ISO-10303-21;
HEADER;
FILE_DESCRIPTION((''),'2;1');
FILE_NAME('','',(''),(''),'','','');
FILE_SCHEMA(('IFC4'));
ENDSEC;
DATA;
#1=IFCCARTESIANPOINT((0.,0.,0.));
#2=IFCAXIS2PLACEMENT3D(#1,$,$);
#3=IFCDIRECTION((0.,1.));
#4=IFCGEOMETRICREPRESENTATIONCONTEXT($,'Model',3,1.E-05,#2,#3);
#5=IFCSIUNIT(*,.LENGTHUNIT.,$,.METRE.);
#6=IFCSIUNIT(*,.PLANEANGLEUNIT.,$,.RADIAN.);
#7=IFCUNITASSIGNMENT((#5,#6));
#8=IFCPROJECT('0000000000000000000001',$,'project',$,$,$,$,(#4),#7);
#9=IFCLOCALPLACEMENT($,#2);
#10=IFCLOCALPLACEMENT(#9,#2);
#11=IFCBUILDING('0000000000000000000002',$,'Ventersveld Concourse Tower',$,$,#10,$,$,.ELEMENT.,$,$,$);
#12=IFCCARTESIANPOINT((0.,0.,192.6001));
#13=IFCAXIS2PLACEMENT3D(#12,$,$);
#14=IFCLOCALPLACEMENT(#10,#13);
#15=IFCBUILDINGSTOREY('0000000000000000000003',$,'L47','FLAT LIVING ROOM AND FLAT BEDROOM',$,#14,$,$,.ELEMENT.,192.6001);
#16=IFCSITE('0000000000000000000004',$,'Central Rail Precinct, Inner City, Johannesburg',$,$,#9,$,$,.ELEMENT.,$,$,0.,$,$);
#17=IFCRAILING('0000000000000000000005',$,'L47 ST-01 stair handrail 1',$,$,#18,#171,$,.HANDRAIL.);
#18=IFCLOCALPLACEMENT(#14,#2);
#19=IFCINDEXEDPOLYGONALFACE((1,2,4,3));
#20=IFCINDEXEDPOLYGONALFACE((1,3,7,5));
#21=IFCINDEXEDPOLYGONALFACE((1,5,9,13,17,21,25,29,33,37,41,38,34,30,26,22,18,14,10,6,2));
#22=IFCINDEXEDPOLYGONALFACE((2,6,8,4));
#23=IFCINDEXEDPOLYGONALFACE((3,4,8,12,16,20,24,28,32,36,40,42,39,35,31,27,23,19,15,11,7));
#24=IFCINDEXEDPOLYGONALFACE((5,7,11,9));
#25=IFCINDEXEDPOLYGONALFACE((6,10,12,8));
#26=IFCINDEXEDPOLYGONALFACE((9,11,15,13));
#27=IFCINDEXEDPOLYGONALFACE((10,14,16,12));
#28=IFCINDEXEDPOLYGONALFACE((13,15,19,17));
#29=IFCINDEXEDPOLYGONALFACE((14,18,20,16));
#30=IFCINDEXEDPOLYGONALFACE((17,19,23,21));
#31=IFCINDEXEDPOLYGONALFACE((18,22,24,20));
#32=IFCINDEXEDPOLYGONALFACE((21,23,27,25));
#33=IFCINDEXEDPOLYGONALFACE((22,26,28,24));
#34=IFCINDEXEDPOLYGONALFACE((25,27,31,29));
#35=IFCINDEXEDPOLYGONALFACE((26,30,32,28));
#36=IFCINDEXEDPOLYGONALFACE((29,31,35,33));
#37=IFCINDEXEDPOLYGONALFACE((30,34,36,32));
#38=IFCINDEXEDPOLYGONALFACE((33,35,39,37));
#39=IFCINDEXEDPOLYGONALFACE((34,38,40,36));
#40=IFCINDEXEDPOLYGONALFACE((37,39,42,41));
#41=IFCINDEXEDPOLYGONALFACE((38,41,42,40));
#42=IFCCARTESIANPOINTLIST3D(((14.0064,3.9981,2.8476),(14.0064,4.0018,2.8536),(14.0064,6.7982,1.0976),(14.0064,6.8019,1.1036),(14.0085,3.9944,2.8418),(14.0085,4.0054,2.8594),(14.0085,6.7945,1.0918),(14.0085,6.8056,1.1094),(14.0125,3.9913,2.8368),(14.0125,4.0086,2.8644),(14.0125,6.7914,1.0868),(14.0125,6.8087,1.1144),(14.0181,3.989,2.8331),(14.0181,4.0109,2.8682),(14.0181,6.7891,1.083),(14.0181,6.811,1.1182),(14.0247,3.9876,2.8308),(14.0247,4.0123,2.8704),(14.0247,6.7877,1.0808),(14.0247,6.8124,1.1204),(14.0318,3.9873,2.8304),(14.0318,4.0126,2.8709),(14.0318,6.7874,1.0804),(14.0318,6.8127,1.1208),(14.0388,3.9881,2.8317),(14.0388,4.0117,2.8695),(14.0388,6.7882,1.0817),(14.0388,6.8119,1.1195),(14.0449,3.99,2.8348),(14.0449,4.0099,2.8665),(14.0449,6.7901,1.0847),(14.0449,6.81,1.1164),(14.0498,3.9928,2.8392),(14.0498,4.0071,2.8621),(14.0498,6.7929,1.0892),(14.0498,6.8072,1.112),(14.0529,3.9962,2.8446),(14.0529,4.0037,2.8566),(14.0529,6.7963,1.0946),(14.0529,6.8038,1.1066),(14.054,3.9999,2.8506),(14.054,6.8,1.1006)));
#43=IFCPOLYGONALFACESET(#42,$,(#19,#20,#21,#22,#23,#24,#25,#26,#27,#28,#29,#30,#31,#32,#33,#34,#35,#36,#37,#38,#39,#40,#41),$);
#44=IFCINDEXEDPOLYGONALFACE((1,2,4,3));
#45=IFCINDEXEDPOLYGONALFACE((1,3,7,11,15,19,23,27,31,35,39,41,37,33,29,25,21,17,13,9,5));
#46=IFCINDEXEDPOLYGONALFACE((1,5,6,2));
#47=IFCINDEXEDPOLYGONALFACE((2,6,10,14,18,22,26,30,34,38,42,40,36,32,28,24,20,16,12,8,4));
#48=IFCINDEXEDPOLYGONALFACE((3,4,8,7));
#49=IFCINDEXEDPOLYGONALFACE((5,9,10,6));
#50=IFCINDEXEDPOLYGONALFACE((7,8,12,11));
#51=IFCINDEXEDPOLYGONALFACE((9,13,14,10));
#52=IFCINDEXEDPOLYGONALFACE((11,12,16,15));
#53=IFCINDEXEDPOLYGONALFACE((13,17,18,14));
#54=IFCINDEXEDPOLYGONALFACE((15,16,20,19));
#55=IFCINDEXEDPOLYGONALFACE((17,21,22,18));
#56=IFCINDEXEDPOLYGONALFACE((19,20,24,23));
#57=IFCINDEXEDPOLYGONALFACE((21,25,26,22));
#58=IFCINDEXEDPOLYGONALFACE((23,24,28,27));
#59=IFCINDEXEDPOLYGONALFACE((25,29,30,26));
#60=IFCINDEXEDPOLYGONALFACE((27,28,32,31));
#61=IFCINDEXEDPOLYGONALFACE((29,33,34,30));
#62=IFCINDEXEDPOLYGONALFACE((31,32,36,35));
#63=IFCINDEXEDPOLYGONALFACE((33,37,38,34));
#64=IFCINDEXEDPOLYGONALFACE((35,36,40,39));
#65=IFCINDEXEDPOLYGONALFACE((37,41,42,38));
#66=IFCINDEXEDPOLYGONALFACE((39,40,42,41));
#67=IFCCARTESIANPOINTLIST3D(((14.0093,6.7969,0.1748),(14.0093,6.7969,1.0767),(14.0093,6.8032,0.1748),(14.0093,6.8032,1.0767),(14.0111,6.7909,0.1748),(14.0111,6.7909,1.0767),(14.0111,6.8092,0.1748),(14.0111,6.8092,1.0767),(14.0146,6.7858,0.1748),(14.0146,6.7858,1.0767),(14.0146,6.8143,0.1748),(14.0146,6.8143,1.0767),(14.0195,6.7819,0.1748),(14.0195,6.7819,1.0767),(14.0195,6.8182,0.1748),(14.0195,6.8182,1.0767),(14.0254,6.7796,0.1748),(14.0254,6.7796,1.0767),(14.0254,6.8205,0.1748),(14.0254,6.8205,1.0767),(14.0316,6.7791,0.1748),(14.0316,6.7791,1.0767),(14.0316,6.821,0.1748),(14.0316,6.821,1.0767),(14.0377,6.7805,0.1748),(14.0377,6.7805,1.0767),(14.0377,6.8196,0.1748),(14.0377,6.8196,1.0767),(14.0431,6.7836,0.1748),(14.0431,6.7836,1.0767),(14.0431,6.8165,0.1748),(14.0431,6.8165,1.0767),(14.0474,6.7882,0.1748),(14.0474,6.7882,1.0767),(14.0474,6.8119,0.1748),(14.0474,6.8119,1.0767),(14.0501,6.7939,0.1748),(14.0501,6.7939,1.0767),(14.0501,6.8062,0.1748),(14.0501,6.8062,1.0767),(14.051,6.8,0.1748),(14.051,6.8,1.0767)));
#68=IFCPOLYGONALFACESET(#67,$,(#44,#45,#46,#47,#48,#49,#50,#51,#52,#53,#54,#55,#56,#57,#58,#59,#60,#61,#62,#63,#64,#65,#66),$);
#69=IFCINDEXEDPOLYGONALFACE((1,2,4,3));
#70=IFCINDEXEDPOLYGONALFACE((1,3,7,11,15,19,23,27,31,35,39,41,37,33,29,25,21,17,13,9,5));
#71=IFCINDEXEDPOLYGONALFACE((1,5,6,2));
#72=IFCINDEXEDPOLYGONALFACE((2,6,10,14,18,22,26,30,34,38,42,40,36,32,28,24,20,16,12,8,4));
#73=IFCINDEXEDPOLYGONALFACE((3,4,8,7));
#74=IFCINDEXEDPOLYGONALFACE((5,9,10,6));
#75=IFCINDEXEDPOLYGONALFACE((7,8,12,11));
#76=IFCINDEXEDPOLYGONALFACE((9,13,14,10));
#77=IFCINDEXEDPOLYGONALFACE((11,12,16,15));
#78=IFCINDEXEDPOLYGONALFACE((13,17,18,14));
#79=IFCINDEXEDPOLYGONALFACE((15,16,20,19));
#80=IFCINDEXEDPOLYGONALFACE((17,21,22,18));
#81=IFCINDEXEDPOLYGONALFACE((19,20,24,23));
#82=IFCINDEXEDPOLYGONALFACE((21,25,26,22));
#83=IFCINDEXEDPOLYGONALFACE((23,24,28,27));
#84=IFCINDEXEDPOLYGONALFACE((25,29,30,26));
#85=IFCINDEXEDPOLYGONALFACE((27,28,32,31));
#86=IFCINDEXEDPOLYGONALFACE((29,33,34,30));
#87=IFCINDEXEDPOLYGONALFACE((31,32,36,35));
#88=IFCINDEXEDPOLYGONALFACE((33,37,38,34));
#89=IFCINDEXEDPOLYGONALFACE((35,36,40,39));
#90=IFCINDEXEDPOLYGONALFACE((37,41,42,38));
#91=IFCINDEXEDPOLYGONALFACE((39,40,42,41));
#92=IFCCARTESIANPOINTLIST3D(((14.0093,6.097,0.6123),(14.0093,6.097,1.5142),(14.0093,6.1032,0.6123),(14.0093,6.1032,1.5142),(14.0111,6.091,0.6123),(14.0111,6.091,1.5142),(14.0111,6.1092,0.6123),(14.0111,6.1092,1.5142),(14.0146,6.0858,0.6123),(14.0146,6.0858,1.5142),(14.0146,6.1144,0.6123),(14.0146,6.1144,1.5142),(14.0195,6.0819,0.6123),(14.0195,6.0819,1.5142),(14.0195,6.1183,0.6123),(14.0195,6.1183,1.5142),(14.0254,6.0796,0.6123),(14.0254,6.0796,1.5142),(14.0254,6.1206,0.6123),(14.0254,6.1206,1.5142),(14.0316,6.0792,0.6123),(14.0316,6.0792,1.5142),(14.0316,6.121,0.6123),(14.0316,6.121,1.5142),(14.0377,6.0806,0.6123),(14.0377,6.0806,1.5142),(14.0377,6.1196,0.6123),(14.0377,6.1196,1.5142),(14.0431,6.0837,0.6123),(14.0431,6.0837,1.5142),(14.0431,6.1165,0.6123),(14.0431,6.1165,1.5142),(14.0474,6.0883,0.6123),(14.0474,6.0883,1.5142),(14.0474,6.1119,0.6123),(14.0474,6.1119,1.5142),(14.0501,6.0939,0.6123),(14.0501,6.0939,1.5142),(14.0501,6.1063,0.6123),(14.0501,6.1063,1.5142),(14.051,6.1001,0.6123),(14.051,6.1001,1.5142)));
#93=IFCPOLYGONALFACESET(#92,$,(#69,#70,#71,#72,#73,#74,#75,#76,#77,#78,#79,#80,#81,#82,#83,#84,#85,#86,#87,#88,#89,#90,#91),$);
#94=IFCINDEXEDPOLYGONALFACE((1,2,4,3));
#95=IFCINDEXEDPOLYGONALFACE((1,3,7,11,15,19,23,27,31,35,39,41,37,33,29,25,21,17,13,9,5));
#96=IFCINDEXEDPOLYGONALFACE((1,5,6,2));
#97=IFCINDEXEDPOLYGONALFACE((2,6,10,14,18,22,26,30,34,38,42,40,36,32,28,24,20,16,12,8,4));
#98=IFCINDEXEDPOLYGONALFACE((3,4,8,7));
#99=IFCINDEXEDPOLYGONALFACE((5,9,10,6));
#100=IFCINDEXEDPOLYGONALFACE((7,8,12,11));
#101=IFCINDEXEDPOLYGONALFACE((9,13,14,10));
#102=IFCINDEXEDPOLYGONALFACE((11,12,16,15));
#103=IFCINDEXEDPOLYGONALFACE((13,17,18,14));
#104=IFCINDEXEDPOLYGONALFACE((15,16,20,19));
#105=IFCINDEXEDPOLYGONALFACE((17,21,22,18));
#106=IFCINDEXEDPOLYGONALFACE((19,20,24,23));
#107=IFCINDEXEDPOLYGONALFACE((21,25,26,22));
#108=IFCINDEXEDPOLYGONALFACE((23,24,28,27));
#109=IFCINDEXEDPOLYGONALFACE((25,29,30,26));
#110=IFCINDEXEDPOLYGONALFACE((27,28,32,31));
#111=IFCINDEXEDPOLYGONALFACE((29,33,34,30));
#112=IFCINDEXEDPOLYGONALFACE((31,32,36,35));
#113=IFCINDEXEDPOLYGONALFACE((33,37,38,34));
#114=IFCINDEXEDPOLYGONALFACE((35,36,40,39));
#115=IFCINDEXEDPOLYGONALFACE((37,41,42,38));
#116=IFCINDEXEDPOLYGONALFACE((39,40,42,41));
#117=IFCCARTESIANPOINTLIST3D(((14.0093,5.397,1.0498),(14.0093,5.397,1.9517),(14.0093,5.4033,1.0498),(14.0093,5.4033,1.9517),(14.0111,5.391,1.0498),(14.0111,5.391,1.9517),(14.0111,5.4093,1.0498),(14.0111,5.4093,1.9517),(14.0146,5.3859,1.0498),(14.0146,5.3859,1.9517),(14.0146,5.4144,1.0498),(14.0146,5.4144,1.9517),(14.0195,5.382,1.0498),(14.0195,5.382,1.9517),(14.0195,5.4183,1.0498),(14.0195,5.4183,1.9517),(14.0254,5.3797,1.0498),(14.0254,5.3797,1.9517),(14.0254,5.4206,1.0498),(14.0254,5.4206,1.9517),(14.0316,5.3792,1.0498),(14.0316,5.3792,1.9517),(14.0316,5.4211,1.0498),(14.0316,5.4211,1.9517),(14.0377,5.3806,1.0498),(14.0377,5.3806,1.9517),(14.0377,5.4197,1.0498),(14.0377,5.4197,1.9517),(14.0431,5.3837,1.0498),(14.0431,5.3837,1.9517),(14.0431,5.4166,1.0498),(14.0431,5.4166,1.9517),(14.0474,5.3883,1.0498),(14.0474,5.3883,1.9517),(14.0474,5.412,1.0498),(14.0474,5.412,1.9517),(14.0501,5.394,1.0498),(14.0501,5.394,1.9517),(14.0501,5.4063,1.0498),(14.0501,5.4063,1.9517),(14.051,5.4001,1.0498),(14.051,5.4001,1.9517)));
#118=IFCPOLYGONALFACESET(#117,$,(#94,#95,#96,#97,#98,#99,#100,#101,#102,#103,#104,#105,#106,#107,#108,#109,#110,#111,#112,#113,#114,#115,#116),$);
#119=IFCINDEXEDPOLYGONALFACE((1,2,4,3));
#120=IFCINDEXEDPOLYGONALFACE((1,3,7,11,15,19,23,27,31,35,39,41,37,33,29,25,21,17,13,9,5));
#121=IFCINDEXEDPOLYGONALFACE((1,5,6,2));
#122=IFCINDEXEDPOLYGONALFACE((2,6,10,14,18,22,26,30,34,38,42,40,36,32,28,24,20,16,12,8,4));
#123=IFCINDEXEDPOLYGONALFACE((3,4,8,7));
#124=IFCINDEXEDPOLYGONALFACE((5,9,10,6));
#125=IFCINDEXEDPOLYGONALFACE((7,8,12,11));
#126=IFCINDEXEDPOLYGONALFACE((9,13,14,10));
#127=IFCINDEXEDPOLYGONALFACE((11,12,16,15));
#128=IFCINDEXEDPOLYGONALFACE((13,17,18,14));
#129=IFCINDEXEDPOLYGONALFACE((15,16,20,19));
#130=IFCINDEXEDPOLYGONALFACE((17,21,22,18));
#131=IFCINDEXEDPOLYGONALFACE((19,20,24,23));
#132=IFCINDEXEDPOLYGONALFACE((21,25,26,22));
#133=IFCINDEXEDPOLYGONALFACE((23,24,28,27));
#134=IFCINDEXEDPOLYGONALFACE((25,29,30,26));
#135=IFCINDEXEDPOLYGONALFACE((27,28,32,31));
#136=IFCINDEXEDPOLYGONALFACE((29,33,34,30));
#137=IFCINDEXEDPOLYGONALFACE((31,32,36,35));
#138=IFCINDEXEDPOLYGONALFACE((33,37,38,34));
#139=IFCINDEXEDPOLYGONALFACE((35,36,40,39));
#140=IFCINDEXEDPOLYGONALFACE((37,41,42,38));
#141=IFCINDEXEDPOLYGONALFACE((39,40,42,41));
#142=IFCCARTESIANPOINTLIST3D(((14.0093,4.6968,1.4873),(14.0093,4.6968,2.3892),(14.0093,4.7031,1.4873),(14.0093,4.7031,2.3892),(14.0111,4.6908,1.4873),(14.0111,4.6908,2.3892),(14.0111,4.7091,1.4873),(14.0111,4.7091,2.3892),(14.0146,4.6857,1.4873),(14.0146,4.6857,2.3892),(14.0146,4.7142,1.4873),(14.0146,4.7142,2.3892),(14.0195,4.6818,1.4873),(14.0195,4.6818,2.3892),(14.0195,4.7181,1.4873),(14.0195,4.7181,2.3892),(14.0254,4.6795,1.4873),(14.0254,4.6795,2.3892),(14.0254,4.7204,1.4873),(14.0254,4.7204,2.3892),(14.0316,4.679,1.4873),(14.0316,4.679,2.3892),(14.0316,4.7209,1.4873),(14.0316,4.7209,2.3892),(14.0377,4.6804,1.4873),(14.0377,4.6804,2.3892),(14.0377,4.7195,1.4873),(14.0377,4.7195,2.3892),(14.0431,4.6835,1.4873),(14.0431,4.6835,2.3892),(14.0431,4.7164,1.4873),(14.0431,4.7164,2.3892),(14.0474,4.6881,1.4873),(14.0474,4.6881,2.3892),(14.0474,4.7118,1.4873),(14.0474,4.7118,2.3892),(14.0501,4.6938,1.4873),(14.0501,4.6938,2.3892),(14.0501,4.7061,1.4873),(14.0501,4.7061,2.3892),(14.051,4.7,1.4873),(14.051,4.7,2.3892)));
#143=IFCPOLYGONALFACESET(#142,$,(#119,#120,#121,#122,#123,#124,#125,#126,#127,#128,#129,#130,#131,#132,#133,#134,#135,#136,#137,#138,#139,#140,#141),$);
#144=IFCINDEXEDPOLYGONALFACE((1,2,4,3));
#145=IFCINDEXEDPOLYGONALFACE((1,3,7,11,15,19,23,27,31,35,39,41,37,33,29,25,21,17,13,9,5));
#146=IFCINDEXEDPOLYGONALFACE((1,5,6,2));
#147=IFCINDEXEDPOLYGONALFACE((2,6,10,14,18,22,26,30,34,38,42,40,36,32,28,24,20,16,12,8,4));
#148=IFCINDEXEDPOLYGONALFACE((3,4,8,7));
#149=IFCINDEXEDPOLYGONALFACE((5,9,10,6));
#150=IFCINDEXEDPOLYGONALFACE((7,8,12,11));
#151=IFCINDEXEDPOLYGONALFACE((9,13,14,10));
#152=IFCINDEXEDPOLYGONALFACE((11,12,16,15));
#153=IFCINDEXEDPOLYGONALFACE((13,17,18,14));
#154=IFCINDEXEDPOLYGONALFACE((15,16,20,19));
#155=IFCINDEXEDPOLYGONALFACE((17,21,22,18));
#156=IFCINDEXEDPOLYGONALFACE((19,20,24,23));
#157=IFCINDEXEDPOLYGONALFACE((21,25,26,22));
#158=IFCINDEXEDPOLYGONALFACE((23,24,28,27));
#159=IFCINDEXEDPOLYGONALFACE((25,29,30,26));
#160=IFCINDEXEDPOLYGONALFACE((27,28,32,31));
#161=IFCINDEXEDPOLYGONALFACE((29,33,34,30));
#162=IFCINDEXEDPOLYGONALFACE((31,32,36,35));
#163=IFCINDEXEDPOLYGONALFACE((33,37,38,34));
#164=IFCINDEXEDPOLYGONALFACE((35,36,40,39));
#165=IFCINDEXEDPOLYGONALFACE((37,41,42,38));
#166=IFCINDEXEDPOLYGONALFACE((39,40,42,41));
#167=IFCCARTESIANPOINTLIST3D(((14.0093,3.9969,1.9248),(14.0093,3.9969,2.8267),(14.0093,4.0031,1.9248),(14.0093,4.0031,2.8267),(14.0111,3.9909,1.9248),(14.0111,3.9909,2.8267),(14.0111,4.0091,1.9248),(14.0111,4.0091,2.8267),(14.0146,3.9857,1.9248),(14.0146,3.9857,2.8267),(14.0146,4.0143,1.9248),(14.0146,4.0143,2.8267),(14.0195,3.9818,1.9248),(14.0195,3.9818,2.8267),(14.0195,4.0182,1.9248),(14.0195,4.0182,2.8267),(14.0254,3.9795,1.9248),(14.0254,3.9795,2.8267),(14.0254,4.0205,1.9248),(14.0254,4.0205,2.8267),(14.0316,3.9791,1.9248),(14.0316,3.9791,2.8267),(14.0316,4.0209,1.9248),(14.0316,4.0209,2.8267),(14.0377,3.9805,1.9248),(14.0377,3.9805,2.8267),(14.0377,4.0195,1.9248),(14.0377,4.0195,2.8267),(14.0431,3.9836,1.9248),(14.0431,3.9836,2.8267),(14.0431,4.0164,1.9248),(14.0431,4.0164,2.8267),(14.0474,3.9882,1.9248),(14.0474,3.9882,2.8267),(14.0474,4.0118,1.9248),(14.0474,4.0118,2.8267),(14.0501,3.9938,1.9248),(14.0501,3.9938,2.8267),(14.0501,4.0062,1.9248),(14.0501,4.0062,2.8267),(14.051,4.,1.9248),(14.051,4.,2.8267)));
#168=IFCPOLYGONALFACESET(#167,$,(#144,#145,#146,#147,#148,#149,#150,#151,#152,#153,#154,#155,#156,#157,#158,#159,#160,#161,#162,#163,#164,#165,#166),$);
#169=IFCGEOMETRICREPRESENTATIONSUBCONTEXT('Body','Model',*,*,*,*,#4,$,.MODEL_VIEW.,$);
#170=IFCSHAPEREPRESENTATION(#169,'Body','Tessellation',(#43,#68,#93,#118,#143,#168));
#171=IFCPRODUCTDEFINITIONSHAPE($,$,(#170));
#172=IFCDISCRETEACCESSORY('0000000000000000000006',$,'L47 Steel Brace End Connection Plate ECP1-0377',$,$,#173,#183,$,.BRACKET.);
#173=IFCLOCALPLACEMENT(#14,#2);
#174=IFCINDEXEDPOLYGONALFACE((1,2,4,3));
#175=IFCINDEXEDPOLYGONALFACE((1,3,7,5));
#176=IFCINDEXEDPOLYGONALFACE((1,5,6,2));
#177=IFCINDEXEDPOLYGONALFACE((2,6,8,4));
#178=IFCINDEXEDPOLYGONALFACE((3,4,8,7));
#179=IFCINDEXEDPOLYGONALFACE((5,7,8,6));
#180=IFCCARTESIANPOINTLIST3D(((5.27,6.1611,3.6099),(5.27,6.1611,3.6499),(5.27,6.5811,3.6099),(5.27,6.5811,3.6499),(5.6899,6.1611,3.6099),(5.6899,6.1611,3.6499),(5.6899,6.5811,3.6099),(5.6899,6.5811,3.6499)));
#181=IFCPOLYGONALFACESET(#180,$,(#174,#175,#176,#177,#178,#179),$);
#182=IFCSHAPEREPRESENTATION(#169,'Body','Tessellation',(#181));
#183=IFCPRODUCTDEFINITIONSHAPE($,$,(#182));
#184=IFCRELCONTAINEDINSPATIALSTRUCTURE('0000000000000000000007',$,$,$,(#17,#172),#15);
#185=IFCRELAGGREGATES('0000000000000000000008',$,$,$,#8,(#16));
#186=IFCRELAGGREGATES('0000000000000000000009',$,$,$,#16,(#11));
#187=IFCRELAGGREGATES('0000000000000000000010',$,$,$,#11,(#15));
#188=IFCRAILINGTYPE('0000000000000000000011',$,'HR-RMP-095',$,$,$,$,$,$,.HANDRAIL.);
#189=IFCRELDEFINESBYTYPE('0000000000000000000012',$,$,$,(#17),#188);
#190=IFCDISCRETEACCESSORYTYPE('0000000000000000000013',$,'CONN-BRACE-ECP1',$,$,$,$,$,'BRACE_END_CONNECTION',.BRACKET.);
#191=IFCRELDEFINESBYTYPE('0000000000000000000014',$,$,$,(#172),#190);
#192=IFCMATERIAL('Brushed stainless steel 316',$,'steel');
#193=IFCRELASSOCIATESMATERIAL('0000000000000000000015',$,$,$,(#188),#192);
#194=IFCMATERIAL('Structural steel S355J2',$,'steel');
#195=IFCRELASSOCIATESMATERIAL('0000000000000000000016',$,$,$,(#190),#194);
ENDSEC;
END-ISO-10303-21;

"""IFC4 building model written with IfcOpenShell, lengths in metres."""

from ifc_helpers import new_model, si_unit, direction, frame, origin, origin_2d, place, context, subcontext, project, spatial, rectangle, circle, extrude, material, type_object, element, save


model = new_model("IFC4")

# Units and contexts
model_context = context("Model", 3, precision=1e-05, world=origin(), true_north=direction((0.0, 1.0)))
body_context = subcontext(model_context, "Body", "Model", "MODEL_VIEW")
ifc_project = project(units=[si_unit("LENGTHUNIT", "METRE"), si_unit("PLANEANGLEUNIT", "RADIAN")], contexts=[model_context])

# Site, building, storey
site_placement = place(None, origin())
site = spatial("IfcSite", under=ifc_project, at=site_placement, Name="Central Rail Precinct, Inner City, Johannesburg", CompositionType="ELEMENT", RefElevation=0.0)
building_placement = place(site_placement, origin())
building = spatial("IfcBuilding", under=site, at=building_placement, Name="Ventersveld Concourse Tower", CompositionType="ELEMENT")
storey_placement = place(building_placement, frame((0.0, 0.0, 192.6001)))
storey = spatial("IfcBuildingStorey", under=building, at=storey_placement, Name="L47", Description="FLAT LIVING ROOM AND FLAT BEDROOM", CompositionType="ELEMENT", Elevation=192.6001)

# Shared definitions
ifc_material_1 = material(Name="Structural steel S355J2", Category="steel")

# Railing
ifc_material_2 = material(Name="Brushed stainless steel 316", Category="steel")
railing_type_1 = type_object("IfcRailingType", Name="HR-RMP-095", PredefinedType="HANDRAIL", material=ifc_material_2)
railing_1_placement = place(storey_placement, frame((14.03, 6.8, 0.1748)))
element("IfcRailing", 1, at=railing_1_placement, inside=storey, type_object=railing_type_1, Name="L47 ST-01 stair handrail 1", PredefinedType="HANDRAIL", context=body_context, shape_type="SweptSolid", body=[
    extrude(circle(Radius=0.0239, at=origin_2d()), frame((0.0, 0.0, 0.9258), z_axis=(0.0, -0.848002, 0.529992), x_axis=(1.0, 0.0, 0.0)), (0.0, 0.0, 1.0), 3.302),
    extrude(circle(Radius=0.021, at=origin_2d()), origin(), (0.0, 0.0, 1.0), 0.9019),
    extrude(circle(Radius=0.021, at=origin_2d()), frame((0.0, -0.7, 0.4375)), (0.0, 0.0, 1.0), 0.9019),
    extrude(circle(Radius=0.021, at=origin_2d()), frame((0.0, -1.3999, 0.875)), (0.0, 0.0, 1.0), 0.9019),
    extrude(circle(Radius=0.021, at=origin_2d()), frame((0.0, -2.1001, 1.3125)), (0.0, 0.0, 1.0), 0.9019),
    extrude(circle(Radius=0.021, at=origin_2d()), frame((0.0, -2.8, 1.75)), (0.0, 0.0, 1.0), 0.9019),
])

# Discrete accessory
discrete_accessory_type = type_object("IfcDiscreteAccessoryType", Name="CONN-BRACE-ECP1", ElementType="BRACE_END_CONNECTION", PredefinedType="BRACKET", material=ifc_material_1)
discrete_accessory_placement = place(storey_placement, frame((5.48, 6.3711, 3.6099), z_axis=(0.0, 0.0, 1.0), x_axis=(1.0, 0.0, 0.0)))
element("IfcDiscreteAccessory", 2, at=discrete_accessory_placement, inside=storey, type_object=discrete_accessory_type, Name="L47 Steel Brace End Connection Plate ECP1-0377", PredefinedType="BRACKET", context=body_context, shape_type="SweptSolid", body=[
    extrude(rectangle(XDim=0.4199, YDim=0.4199, at=origin_2d()), origin(), (0.0, 0.0, 1.0), 0.04),
])

save(model, "model.ifc")
